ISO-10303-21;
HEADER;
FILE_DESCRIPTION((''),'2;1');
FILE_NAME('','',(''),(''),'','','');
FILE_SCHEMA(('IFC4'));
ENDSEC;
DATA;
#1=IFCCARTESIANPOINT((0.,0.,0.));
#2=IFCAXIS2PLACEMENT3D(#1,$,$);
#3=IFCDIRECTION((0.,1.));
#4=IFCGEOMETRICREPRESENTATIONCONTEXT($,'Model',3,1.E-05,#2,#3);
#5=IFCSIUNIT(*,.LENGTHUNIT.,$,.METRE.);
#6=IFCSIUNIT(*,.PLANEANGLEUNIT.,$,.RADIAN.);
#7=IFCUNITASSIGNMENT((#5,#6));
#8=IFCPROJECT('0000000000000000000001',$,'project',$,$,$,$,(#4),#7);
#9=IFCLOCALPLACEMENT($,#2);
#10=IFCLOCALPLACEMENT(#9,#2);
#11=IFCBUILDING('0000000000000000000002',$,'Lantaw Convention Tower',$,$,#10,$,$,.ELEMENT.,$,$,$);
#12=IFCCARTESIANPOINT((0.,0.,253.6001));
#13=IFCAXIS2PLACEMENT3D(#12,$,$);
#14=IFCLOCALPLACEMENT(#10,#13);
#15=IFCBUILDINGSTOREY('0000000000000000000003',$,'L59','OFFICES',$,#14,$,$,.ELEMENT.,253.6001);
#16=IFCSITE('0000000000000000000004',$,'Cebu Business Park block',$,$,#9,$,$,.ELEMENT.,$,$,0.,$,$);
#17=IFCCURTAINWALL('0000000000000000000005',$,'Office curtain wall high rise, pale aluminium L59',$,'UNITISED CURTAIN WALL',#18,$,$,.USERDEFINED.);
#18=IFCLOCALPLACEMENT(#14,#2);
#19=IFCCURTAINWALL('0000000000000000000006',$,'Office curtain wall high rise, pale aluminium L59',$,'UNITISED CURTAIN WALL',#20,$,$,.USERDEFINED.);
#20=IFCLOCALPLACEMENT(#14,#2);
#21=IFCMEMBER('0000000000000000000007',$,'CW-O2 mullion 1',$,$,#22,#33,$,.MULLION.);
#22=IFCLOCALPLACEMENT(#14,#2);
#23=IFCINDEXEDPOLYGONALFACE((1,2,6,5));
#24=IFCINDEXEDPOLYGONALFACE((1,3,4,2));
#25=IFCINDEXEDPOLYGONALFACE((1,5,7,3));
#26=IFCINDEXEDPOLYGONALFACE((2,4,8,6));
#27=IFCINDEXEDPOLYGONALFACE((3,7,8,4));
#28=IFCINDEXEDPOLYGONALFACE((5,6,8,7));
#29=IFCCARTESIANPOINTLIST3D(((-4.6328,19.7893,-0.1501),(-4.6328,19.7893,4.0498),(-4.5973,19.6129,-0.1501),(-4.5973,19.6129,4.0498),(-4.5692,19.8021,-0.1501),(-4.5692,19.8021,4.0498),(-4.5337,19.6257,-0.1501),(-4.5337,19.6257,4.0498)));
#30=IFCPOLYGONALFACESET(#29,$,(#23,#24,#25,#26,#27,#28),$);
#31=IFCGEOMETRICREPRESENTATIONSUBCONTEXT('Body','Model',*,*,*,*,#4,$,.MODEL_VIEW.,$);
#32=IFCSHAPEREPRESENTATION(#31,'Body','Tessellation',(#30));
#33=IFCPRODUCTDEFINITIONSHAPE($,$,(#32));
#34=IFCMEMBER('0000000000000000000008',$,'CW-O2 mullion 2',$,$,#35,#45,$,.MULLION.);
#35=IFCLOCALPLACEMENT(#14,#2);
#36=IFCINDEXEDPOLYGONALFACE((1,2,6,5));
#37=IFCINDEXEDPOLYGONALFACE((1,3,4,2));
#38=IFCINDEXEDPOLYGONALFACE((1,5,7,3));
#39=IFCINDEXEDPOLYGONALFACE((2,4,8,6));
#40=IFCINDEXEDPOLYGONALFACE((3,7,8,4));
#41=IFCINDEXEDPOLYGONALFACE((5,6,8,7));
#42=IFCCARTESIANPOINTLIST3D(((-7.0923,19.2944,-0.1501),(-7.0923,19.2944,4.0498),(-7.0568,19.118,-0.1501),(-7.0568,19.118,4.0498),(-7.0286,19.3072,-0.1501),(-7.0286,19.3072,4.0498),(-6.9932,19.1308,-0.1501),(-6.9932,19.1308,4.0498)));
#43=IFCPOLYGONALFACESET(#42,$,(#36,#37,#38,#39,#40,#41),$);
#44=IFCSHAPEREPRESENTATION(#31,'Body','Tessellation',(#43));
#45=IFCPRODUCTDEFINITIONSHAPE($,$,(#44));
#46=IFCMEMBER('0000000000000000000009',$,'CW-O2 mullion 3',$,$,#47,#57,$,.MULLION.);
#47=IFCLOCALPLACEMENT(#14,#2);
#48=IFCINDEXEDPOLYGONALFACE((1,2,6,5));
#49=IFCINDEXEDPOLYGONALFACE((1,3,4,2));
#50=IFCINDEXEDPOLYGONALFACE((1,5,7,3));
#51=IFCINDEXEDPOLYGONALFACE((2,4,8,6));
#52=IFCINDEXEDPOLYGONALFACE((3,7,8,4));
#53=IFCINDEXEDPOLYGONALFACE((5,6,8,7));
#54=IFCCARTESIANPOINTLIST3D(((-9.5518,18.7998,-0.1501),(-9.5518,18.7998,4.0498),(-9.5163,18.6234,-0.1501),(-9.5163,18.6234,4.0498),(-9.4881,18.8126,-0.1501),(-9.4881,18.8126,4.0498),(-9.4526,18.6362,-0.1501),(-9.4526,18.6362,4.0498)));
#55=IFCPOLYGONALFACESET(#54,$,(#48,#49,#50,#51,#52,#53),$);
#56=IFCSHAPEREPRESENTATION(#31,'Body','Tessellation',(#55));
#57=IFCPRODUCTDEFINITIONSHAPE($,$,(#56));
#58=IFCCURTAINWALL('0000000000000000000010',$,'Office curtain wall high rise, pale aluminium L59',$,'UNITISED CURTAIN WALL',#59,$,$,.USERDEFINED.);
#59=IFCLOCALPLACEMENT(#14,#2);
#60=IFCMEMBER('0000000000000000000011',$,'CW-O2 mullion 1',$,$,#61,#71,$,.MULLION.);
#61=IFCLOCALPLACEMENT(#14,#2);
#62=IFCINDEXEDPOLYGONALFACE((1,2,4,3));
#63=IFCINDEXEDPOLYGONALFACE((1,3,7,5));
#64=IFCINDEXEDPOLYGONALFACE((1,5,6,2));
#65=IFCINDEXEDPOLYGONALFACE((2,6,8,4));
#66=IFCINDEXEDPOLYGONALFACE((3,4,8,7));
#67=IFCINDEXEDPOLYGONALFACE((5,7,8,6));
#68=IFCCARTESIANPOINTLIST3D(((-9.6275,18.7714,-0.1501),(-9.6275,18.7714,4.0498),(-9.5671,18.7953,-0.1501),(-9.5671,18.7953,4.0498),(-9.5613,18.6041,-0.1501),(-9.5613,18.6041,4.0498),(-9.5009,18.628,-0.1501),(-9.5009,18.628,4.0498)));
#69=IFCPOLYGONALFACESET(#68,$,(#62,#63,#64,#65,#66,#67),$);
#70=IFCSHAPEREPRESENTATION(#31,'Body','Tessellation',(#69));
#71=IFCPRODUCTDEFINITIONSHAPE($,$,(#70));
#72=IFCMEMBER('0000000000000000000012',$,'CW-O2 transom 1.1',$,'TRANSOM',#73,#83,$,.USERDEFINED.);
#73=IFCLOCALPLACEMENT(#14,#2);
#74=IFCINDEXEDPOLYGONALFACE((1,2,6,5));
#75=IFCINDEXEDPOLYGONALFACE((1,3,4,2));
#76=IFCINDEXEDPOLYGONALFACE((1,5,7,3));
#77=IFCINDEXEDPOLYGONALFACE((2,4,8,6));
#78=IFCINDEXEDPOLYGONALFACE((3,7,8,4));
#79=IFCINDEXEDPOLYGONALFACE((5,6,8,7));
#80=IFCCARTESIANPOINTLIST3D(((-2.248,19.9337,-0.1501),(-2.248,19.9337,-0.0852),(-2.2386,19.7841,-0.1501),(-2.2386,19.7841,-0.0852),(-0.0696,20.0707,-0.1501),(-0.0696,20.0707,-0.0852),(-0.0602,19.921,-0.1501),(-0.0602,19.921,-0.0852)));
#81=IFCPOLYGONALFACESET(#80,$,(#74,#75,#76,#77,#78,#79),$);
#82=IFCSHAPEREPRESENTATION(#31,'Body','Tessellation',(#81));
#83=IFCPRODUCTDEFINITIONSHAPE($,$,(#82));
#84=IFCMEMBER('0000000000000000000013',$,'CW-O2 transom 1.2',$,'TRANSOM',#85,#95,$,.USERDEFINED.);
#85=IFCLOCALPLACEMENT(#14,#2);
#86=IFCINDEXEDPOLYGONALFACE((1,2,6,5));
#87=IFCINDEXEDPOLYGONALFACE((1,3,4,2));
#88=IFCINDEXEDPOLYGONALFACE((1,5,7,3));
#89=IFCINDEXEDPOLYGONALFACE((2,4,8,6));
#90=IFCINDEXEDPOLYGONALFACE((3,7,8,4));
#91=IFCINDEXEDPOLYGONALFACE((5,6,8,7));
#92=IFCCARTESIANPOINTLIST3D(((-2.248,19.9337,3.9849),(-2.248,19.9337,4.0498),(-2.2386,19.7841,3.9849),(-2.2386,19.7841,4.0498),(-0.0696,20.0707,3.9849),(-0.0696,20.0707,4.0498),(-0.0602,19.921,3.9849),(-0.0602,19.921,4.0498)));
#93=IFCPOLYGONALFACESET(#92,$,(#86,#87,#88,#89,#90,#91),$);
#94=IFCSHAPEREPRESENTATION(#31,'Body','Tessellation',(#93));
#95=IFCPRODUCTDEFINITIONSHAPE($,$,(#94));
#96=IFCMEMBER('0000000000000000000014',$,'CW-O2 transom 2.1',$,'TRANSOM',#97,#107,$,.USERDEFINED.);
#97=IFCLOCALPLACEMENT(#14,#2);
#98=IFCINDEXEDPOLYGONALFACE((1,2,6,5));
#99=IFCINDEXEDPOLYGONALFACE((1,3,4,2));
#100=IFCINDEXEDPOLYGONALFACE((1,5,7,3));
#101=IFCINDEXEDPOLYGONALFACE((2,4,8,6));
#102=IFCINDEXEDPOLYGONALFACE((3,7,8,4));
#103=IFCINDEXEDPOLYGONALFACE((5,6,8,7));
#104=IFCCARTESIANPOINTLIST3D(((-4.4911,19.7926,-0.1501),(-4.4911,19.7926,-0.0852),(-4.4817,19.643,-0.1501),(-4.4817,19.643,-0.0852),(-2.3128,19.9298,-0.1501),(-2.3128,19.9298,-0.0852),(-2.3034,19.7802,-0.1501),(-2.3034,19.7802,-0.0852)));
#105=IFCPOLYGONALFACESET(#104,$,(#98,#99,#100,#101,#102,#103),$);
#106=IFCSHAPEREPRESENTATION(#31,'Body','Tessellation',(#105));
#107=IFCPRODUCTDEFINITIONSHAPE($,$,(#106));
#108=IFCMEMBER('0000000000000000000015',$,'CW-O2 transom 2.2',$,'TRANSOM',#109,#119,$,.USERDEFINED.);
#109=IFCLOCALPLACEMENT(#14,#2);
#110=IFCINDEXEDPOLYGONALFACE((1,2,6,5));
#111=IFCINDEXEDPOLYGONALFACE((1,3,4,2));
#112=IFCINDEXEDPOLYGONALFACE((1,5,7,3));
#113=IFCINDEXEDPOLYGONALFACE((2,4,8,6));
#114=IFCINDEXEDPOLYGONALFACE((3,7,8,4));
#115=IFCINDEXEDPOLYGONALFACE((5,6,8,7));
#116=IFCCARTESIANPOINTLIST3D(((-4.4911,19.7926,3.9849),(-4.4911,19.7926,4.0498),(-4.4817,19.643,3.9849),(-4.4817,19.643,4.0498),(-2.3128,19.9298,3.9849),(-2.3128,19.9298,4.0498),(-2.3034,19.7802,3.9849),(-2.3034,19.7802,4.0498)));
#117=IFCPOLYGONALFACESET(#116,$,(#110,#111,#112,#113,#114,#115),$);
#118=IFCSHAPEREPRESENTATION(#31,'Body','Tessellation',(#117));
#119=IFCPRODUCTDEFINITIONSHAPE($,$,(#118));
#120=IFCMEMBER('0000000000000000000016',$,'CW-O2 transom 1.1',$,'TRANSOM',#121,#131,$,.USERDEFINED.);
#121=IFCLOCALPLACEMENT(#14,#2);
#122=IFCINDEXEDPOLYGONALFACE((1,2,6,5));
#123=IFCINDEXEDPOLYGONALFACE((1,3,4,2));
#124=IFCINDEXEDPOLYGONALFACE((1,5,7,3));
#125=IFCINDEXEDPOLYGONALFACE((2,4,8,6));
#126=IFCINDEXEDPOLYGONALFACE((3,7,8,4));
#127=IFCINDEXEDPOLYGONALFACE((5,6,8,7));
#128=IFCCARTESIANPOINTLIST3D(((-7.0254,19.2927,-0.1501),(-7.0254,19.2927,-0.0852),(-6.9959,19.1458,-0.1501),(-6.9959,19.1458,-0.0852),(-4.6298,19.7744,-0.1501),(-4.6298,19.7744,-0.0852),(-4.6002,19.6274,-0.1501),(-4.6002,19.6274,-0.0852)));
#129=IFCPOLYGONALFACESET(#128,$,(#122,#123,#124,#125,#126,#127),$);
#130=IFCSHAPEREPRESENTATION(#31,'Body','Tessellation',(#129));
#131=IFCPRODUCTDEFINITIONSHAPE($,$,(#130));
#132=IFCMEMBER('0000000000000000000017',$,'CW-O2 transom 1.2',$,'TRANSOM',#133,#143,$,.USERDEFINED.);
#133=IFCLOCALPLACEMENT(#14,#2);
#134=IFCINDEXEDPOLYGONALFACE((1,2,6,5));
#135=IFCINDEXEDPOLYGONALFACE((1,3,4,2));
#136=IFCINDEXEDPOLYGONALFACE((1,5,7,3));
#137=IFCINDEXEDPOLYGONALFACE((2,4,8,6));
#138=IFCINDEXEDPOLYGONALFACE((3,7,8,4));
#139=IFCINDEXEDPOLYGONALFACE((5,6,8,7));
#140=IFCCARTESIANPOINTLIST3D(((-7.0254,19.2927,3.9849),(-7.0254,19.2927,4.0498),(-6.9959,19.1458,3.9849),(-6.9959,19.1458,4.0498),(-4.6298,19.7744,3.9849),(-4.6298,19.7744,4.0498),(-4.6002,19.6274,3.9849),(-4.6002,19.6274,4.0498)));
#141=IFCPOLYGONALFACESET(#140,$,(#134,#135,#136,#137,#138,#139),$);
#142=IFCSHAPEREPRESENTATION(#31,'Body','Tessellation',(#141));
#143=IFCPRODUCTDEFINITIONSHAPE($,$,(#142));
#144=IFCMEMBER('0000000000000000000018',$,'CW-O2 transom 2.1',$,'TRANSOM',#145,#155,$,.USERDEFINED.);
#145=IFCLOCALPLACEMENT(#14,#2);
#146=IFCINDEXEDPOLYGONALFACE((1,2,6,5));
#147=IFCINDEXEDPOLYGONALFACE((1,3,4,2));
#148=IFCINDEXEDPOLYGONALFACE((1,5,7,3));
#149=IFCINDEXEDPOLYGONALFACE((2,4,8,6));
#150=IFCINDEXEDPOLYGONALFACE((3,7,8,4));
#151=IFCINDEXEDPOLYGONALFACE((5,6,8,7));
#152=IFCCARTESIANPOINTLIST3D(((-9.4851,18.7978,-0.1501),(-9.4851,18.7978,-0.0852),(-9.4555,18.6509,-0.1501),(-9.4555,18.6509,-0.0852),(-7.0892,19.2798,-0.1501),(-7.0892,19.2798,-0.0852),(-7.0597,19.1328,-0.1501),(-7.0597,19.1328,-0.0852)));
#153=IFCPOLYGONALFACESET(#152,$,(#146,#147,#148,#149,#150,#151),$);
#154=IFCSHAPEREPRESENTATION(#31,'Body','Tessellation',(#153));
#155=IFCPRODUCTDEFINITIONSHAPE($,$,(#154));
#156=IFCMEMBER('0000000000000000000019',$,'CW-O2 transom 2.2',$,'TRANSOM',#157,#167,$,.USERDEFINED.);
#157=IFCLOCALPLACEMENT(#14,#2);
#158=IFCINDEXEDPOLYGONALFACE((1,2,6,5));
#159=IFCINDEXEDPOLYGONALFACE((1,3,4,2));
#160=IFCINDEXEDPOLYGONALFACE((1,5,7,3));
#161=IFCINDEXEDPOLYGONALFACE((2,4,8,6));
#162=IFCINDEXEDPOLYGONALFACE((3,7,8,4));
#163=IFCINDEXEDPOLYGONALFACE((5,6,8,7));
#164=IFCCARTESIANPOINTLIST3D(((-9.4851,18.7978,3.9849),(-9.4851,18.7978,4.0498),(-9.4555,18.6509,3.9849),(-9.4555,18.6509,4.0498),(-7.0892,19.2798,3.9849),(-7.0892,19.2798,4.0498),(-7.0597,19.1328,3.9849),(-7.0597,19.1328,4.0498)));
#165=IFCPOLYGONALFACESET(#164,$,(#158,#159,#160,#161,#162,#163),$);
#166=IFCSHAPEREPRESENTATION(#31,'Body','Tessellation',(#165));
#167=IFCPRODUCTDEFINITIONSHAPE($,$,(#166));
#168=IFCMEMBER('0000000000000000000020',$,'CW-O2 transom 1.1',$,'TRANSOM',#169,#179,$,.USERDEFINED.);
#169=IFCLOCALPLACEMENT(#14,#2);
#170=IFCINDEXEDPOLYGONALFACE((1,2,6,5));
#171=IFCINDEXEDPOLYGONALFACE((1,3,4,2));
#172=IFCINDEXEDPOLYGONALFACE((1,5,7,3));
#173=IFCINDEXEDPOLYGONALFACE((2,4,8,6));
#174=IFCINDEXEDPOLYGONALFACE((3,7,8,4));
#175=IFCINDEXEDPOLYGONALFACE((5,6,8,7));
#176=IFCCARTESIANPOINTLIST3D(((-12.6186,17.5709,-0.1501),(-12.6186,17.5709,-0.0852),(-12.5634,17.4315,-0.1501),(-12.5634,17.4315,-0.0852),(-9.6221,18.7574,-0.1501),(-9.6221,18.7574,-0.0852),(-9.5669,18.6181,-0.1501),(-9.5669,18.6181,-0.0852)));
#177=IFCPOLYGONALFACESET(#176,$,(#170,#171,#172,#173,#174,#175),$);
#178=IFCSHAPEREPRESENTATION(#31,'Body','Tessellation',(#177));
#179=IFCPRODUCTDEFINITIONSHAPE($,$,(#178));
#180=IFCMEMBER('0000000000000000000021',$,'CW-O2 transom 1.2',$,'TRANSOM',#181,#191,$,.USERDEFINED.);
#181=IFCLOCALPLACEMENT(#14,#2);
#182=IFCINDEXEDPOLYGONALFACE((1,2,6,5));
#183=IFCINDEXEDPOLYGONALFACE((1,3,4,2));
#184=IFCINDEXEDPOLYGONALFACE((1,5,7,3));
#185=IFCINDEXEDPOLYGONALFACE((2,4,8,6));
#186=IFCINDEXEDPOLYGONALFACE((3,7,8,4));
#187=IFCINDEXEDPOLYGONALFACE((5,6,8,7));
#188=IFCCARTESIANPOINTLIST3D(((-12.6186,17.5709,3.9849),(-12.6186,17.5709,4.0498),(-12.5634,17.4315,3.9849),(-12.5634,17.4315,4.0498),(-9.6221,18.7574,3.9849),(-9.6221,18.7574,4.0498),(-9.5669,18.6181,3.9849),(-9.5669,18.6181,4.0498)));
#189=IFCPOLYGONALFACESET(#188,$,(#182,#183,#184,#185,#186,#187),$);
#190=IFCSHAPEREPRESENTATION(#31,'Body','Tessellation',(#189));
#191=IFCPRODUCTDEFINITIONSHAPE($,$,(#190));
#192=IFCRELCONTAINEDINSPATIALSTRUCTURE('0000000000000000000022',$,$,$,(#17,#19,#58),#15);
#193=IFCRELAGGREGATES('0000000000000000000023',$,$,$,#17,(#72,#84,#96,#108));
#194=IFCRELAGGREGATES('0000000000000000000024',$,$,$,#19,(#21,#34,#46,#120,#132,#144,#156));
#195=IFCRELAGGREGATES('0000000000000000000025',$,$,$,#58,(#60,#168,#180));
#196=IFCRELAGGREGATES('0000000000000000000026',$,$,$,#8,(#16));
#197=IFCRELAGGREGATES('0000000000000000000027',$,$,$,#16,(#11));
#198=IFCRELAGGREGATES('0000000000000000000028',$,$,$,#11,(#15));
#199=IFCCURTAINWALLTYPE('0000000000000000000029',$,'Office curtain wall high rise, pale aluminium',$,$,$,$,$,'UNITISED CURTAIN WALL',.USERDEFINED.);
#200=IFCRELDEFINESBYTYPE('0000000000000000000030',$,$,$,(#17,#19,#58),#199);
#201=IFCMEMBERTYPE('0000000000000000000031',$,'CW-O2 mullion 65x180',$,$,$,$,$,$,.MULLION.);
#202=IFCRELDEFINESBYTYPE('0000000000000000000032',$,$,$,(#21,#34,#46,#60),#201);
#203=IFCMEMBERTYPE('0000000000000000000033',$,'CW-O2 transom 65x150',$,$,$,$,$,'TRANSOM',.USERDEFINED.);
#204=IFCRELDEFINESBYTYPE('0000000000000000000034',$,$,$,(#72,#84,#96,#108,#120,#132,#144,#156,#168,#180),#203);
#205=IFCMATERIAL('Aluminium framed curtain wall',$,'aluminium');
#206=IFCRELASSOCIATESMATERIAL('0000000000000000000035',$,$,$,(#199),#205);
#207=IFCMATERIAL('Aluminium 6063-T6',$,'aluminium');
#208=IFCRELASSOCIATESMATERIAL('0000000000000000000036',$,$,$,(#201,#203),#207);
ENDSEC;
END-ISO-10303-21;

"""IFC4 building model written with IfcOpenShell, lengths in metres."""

from ifc_helpers import new_model, si_unit, direction, frame, origin, origin_2d, place, context, subcontext, project, spatial, rectangle, extrude, material, material_profile, profile_set, type_object, element, aggregate, save


model = new_model("IFC4")

# Units and contexts
model_context = context("Model", 3, precision=1e-05, world=origin(), true_north=direction((0.0, 1.0)))
body_context = subcontext(model_context, "Body", "Model", "MODEL_VIEW")
ifc_project = project(units=[si_unit("LENGTHUNIT", "METRE"), si_unit("PLANEANGLEUNIT", "RADIAN")], contexts=[model_context])

# Site, building, storey
site_placement = place(None, origin())
site = spatial("IfcSite", under=ifc_project, at=site_placement, Name="Cebu Business Park block", CompositionType="ELEMENT", RefElevation=0.0)
building_placement = place(site_placement, origin())
building = spatial("IfcBuilding", under=site, at=building_placement, Name="Lantaw Convention Tower", CompositionType="ELEMENT")
storey_placement = place(building_placement, frame((0.0, 0.0, 253.6001)))
storey = spatial("IfcBuildingStorey", under=building, at=storey_placement, Name="L59", Description="OFFICES", CompositionType="ELEMENT", Elevation=253.6001)

# Curtain walls, members
ifc_material_1 = material(Name="Aluminium framed curtain wall", Category="aluminium")
curtain_wall_type = type_object("IfcCurtainWallType", Name="Office curtain wall high rise, pale aluminium", ElementType="UNITISED CURTAIN WALL", PredefinedType="USERDEFINED", material=ifc_material_1)
curtain_wall_1_placement = place(storey_placement, origin())
curtain_wall_1 = element("IfcCurtainWall", 1, at=curtain_wall_1_placement, inside=storey, type_object=curtain_wall_type, Name="Office curtain wall high rise, pale aluminium L59", ObjectType="UNITISED CURTAIN WALL", PredefinedType="USERDEFINED")
ifc_material_2 = material(Name="Aluminium 6063-T6", Category="aluminium")
ifc_material_profile_1 = material_profile(ifc_material_2, rectangle(XDim=0.1799, YDim=0.0649, at=origin_2d()), Name="CW-O2 mullion 65x180")
ifc_profile_set_1 = profile_set([ifc_material_profile_1], Name="Aluminium 6063-T6")
member_type_1 = type_object("IfcMemberType", Name="CW-O2 mullion 65x180", PredefinedType="MULLION", material=ifc_profile_set_1)
curtain_wall_2_placement = place(storey_placement, origin())
curtain_wall_2 = element("IfcCurtainWall", 2, at=curtain_wall_2_placement, inside=storey, type_object=curtain_wall_type, Name="Office curtain wall high rise, pale aluminium L59", ObjectType="UNITISED CURTAIN WALL", PredefinedType="USERDEFINED")
member_1_placement = place(storey_placement, frame((-4.5833, 19.7075, -0.1501), z_axis=(0.0, 0.0, 1.0), x_axis=(0.197183, -0.980367, 0.0)))
member_1 = element("IfcMember", 3, at=member_1_placement, type_object=member_type_1, Name="CW-O2 mullion 1", PredefinedType="MULLION", context=body_context, shape_type="SweptSolid", body=[
    extrude(rectangle(XDim=0.1799, YDim=0.0649, at=origin_2d()), origin(), (0.0, 0.0, 1.0), 4.2),
])
member_2_placement = place(storey_placement, frame((-7.0427, 19.2126, -0.1501), z_axis=(0.0, 0.0, 1.0), x_axis=(0.197183, -0.980367, 0.0)))
member_2 = element("IfcMember", 4, at=member_2_placement, type_object=member_type_1, Name="CW-O2 mullion 2", PredefinedType="MULLION", context=body_context, shape_type="SweptSolid", body=[
    extrude(rectangle(XDim=0.1799, YDim=0.0649, at=origin_2d()), origin(), (0.0, 0.0, 1.0), 4.2),
])
member_3_placement = place(storey_placement, frame((-9.5022, 18.718, -0.1501), z_axis=(0.0, 0.0, 1.0), x_axis=(0.197183, -0.980367, 0.0)))
member_3 = element("IfcMember", 5, at=member_3_placement, type_object=member_type_1, Name="CW-O2 mullion 3", PredefinedType="MULLION", context=body_context, shape_type="SweptSolid", body=[
    extrude(rectangle(XDim=0.1799, YDim=0.0649, at=origin_2d()), origin(), (0.0, 0.0, 1.0), 4.2),
])

# Curtain wall, member
curtain_wall_3_placement = place(storey_placement, origin())
curtain_wall_3 = element("IfcCurtainWall", 6, at=curtain_wall_3_placement, inside=storey, type_object=curtain_wall_type, Name="Office curtain wall high rise, pale aluminium L59", ObjectType="UNITISED CURTAIN WALL", PredefinedType="USERDEFINED")
member_4_placement = place(storey_placement, frame((-9.5642, 18.6997, -0.1501), z_axis=(0.0, 0.0, 1.0), x_axis=(0.368162, -0.929762, 0.0)))
member_4 = element("IfcMember", 7, at=member_4_placement, type_object=member_type_1, Name="CW-O2 mullion 1", PredefinedType="MULLION", context=body_context, shape_type="SweptSolid", body=[
    extrude(rectangle(XDim=0.1799, YDim=0.0649, at=origin_2d()), origin(), (0.0, 0.0, 1.0), 4.2),
])

# Members
ifc_material_profile_2 = material_profile(ifc_material_2, rectangle(XDim=0.1499, YDim=0.0649, at=origin_2d()), Name="CW-O2 transom 65x150")
ifc_profile_set_2 = profile_set([ifc_material_profile_2], Name="Aluminium 6063-T6")
member_type_2 = type_object("IfcMemberType", Name="CW-O2 transom 65x150", ElementType="TRANSOM", PredefinedType="USERDEFINED", material=ifc_profile_set_2)
member_5_placement = place(storey_placement, frame((-0.0649, 19.9958, -0.1177), z_axis=(-0.998029, -0.062754, 0.0), x_axis=(0.062754, -0.998029, 0.0)))
member_5 = element("IfcMember", 8, at=member_5_placement, type_object=member_type_2, Name="CW-O2 transom 1.1", ObjectType="TRANSOM", PredefinedType="USERDEFINED", context=body_context, shape_type="SweptSolid", body=[
    extrude(rectangle(XDim=0.1499, YDim=0.0649, at=origin_2d()), origin(), (0.0, 0.0, 1.0), 2.1826),
])
member_6_placement = place(storey_placement, frame((-0.0649, 19.9958, 4.0173), z_axis=(-0.998029, -0.062754, 0.0), x_axis=(0.062754, -0.998029, 0.0)))
member_6 = element("IfcMember", 9, at=member_6_placement, type_object=member_type_2, Name="CW-O2 transom 1.2", ObjectType="TRANSOM", PredefinedType="USERDEFINED", context=body_context, shape_type="SweptSolid", body=[
    extrude(rectangle(XDim=0.1499, YDim=0.0649, at=origin_2d()), origin(), (0.0, 0.0, 1.0), 2.1826),
])
member_7_placement = place(storey_placement, frame((-2.3081, 19.855, -0.1177), z_axis=(-0.998022, -0.062866, 0.0), x_axis=(0.062866, -0.998022, 0.0)))
member_7 = element("IfcMember", 10, at=member_7_placement, type_object=member_type_2, Name="CW-O2 transom 2.1", ObjectType="TRANSOM", PredefinedType="USERDEFINED", context=body_context, shape_type="SweptSolid", body=[
    extrude(rectangle(XDim=0.1499, YDim=0.0649, at=origin_2d()), origin(), (0.0, 0.0, 1.0), 2.1826),
])
member_8_placement = place(storey_placement, frame((-2.3081, 19.855, 4.0173), z_axis=(-0.998022, -0.062866, 0.0), x_axis=(0.062866, -0.998022, 0.0)))
member_8 = element("IfcMember", 11, at=member_8_placement, type_object=member_type_2, Name="CW-O2 transom 2.2", ObjectType="TRANSOM", PredefinedType="USERDEFINED", context=body_context, shape_type="SweptSolid", body=[
    extrude(rectangle(XDim=0.1499, YDim=0.0649, at=origin_2d()), origin(), (0.0, 0.0, 1.0), 2.1826),
])
member_9_placement = place(storey_placement, frame((-4.615, 19.7009, -0.1177), z_axis=(-0.98038, -0.197115, 0.0), x_axis=(0.197115, -0.98038, 0.0)))
member_9 = element("IfcMember", 12, at=member_9_placement, type_object=member_type_2, Name="CW-O2 transom 1.1", ObjectType="TRANSOM", PredefinedType="USERDEFINED", context=body_context, shape_type="SweptSolid", body=[
    extrude(rectangle(XDim=0.1499, YDim=0.0649, at=origin_2d()), origin(), (0.0, 0.0, 1.0), 2.4436),
])
member_10_placement = place(storey_placement, frame((-4.615, 19.7009, 4.0173), z_axis=(-0.98038, -0.197115, 0.0), x_axis=(0.197115, -0.98038, 0.0)))
member_10 = element("IfcMember", 13, at=member_10_placement, type_object=member_type_2, Name="CW-O2 transom 1.2", ObjectType="TRANSOM", PredefinedType="USERDEFINED", context=body_context, shape_type="SweptSolid", body=[
    extrude(rectangle(XDim=0.1499, YDim=0.0649, at=origin_2d()), origin(), (0.0, 0.0, 1.0), 2.4436),
])
member_11_placement = place(storey_placement, frame((-7.0745, 19.2063, -0.1177), z_axis=(-0.980361, -0.197211, 0.0), x_axis=(0.197211, -0.980361, 0.0)))
member_11 = element("IfcMember", 14, at=member_11_placement, type_object=member_type_2, Name="CW-O2 transom 2.1", ObjectType="TRANSOM", PredefinedType="USERDEFINED", context=body_context, shape_type="SweptSolid", body=[
    extrude(rectangle(XDim=0.1499, YDim=0.0649, at=origin_2d()), origin(), (0.0, 0.0, 1.0), 2.4438),
])
member_12_placement = place(storey_placement, frame((-7.0745, 19.2063, 4.0173), z_axis=(-0.980361, -0.197211, 0.0), x_axis=(0.197211, -0.980361, 0.0)))
member_12 = element("IfcMember", 15, at=member_12_placement, type_object=member_type_2, Name="CW-O2 transom 2.2", ObjectType="TRANSOM", PredefinedType="USERDEFINED", context=body_context, shape_type="SweptSolid", body=[
    extrude(rectangle(XDim=0.1499, YDim=0.0649, at=origin_2d()), origin(), (0.0, 0.0, 1.0), 2.4438),
])
member_13_placement = place(storey_placement, frame((-9.5945, 18.6877, -0.1177), z_axis=(-0.929767, -0.368149, 0.0), x_axis=(0.368149, -0.929767, 0.0)))
member_13 = element("IfcMember", 16, at=member_13_placement, type_object=member_type_2, Name="CW-O2 transom 1.1", ObjectType="TRANSOM", PredefinedType="USERDEFINED", context=body_context, shape_type="SweptSolid", body=[
    extrude(rectangle(XDim=0.1499, YDim=0.0649, at=origin_2d()), origin(), (0.0, 0.0, 1.0), 3.2229),
])
member_14_placement = place(storey_placement, frame((-9.5945, 18.6877, 4.0173), z_axis=(-0.929767, -0.368149, 0.0), x_axis=(0.368149, -0.929767, 0.0)))
member_14 = element("IfcMember", 17, at=member_14_placement, type_object=member_type_2, Name="CW-O2 transom 1.2", ObjectType="TRANSOM", PredefinedType="USERDEFINED", context=body_context, shape_type="SweptSolid", body=[
    extrude(rectangle(XDim=0.1499, YDim=0.0649, at=origin_2d()), origin(), (0.0, 0.0, 1.0), 3.2229),
])

aggregate(curtain_wall_1, [member_5, member_6, member_7, member_8])
aggregate(curtain_wall_2, [member_1, member_2, member_3, member_9, member_10, member_11, member_12])
aggregate(curtain_wall_3, [member_4, member_13, member_14])

save(model, "model.ifc")
